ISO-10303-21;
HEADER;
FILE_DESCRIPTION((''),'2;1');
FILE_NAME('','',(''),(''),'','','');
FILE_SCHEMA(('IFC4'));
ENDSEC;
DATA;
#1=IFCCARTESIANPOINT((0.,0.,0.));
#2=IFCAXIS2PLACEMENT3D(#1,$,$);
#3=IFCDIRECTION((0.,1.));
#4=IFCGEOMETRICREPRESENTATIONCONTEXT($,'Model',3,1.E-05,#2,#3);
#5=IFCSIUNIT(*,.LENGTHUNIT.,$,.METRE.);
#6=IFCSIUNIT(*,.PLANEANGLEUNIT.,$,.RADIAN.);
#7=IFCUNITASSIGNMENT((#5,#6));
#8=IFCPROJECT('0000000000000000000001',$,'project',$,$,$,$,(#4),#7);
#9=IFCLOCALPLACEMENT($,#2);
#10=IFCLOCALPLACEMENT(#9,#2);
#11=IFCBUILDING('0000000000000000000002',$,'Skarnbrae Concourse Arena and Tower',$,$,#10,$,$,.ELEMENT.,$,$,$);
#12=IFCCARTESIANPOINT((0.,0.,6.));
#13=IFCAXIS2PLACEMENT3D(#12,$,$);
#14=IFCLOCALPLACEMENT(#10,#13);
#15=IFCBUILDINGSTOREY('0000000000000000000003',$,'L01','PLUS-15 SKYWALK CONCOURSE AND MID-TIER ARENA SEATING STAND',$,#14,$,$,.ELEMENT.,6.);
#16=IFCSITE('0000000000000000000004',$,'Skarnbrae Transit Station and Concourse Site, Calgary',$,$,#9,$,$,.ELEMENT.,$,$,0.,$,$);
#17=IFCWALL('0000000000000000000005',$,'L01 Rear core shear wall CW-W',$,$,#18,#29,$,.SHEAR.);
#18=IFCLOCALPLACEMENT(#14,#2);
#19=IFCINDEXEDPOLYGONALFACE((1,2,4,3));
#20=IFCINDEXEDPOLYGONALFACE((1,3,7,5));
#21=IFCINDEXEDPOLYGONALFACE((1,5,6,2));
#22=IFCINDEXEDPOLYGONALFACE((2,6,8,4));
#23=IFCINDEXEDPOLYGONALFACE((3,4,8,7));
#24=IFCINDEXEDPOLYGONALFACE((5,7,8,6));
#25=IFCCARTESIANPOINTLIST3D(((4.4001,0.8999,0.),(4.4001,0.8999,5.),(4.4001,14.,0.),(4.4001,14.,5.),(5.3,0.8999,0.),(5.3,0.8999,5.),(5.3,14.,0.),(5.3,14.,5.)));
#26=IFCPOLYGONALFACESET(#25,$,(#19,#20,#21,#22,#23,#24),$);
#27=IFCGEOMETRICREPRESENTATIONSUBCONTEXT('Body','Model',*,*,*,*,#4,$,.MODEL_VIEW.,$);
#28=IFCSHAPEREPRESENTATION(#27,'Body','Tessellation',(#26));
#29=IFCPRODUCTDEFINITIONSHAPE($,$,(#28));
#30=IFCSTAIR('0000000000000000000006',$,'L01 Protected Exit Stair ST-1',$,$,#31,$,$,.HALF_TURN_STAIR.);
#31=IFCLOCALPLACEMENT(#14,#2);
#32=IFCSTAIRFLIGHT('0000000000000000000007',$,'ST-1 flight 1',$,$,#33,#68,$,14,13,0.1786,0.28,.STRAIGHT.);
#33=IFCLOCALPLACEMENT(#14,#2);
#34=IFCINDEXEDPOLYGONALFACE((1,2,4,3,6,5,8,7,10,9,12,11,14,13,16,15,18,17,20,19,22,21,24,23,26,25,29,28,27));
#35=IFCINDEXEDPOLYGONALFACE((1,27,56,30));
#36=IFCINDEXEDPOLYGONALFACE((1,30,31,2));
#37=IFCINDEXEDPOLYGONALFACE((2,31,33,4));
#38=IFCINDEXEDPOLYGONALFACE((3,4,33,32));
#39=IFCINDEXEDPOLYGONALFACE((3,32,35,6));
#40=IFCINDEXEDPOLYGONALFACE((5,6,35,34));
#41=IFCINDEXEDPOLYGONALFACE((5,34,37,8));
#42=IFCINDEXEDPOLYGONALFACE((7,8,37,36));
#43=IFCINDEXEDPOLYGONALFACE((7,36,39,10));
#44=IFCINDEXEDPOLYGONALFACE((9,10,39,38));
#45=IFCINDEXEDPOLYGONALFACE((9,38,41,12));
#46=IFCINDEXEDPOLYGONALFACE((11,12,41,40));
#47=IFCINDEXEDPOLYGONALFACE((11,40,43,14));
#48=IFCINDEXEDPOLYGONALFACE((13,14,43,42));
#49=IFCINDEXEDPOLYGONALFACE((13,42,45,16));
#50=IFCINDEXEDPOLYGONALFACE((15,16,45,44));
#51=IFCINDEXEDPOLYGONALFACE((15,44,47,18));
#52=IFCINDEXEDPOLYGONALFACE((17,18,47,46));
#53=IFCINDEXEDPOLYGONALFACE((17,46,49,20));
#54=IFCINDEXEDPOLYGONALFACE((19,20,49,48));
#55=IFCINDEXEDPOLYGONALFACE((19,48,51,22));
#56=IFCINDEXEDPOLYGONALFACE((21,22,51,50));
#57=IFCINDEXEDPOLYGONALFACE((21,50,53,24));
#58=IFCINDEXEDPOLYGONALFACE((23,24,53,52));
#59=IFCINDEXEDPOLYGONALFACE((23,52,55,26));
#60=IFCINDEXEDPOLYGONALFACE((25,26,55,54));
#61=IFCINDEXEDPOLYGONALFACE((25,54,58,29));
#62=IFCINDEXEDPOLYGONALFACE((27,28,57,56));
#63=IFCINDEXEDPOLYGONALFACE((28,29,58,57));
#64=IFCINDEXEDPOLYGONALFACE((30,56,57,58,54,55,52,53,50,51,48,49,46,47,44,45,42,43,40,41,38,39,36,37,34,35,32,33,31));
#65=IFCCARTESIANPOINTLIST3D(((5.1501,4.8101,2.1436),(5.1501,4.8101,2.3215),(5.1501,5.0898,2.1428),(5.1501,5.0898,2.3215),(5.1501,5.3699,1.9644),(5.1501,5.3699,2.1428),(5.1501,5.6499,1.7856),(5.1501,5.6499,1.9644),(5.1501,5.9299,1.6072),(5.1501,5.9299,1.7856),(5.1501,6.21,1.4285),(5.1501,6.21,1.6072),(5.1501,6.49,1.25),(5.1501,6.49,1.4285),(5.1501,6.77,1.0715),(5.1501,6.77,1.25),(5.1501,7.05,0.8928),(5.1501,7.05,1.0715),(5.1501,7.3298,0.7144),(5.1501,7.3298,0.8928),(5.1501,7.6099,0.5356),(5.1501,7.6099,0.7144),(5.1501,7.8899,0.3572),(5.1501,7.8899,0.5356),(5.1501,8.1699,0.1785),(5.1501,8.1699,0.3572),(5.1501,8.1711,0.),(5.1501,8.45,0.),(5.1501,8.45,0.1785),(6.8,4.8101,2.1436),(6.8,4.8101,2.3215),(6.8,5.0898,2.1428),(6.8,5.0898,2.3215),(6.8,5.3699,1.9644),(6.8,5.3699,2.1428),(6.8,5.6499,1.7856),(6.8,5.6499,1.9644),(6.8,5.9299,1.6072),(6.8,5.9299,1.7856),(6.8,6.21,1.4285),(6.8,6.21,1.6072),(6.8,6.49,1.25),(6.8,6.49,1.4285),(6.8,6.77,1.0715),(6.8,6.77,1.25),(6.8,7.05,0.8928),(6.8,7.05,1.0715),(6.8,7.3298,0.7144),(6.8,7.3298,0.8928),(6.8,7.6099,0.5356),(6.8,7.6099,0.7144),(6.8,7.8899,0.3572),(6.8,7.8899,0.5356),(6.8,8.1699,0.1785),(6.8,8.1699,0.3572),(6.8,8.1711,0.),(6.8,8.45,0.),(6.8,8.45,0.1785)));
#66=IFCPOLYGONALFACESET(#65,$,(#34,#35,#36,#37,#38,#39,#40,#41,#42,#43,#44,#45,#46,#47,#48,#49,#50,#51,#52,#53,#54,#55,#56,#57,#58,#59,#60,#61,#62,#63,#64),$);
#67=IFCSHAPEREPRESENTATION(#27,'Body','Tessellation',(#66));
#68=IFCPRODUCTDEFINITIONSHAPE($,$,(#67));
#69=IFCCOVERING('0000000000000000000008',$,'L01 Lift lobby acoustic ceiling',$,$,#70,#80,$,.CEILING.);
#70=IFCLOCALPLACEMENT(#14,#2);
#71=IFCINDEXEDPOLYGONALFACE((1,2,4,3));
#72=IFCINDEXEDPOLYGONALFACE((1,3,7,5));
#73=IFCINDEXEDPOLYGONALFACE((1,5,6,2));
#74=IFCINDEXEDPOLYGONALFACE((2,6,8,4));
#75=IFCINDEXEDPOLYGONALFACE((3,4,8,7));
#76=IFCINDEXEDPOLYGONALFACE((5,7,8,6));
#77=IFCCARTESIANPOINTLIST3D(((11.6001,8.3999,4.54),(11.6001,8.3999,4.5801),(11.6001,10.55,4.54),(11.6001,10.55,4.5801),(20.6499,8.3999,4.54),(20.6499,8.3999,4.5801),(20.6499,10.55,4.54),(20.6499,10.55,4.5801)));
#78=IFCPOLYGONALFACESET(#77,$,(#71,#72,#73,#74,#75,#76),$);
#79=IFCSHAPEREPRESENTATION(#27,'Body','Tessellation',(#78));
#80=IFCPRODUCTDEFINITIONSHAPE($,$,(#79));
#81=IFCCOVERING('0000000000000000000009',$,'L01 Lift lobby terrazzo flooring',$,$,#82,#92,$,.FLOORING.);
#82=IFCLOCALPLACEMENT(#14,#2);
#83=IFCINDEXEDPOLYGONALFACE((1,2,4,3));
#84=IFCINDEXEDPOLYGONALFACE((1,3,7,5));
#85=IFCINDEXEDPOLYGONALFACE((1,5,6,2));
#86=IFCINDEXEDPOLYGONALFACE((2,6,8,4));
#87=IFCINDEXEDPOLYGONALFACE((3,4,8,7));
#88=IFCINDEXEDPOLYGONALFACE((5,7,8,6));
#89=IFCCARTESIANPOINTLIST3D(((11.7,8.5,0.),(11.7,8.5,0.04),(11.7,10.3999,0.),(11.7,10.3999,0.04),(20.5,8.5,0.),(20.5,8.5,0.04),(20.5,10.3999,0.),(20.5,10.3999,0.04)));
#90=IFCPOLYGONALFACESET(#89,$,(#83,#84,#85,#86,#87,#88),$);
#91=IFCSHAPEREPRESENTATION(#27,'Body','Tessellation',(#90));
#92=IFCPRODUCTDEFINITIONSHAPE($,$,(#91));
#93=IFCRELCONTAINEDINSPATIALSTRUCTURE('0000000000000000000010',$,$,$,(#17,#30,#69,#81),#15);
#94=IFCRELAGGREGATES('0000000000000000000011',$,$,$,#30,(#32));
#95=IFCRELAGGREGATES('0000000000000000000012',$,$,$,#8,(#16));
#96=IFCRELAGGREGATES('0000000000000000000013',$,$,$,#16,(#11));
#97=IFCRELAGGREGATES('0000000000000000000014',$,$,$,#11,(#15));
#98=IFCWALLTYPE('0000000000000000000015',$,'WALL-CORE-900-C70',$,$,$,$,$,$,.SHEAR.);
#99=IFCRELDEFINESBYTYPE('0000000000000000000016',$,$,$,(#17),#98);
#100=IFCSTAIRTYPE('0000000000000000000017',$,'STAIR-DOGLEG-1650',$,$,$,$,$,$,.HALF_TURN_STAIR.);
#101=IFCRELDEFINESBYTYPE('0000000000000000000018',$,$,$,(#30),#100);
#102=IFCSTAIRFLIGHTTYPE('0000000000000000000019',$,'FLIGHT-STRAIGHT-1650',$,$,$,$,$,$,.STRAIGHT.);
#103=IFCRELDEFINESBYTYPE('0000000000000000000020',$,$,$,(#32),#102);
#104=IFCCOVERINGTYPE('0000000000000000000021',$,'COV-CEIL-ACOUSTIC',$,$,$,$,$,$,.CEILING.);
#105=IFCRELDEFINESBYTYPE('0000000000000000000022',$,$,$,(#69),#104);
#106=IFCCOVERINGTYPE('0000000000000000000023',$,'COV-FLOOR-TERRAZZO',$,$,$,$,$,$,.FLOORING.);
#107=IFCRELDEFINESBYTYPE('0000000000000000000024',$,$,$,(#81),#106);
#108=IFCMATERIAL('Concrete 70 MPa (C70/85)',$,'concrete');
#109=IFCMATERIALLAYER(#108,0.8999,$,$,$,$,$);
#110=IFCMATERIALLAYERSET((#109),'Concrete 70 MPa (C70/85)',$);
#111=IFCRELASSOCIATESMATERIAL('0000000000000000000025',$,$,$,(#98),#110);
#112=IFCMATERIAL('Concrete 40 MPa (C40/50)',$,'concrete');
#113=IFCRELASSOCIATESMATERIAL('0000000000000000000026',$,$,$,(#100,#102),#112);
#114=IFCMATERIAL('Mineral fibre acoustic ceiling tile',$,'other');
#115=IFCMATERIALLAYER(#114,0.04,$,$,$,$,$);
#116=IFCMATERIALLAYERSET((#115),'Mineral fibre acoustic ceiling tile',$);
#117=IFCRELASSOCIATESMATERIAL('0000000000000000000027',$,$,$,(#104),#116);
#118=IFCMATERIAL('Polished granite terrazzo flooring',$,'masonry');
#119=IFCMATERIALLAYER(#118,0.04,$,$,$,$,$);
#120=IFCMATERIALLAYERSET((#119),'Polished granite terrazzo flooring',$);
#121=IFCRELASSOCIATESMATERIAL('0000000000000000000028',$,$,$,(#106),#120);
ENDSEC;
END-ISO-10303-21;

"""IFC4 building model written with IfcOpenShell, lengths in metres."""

from ifc_helpers import new_model, si_unit, direction, frame, frame_2d, origin, place, context, subcontext, project, spatial, polyline, rectangle, outline, extrude, source, transform, mapped, material, layer, layer_set, type_object, element, aggregate, save


model = new_model("IFC4")

# Units and contexts
model_context = context("Model", 3, precision=1e-05, world=origin(), true_north=direction((0.0, 1.0)))
body_context = subcontext(model_context, "Body", "Model", "MODEL_VIEW")
ifc_project = project(units=[si_unit("LENGTHUNIT", "METRE"), si_unit("PLANEANGLEUNIT", "RADIAN")], contexts=[model_context])

# Site, building, storey
site_placement = place(None, origin())
site = spatial("IfcSite", under=ifc_project, at=site_placement, Name="Skarnbrae Transit Station and Concourse Site, Calgary", CompositionType="ELEMENT", RefElevation=0.0)
building_placement = place(site_placement, origin())
building = spatial("IfcBuilding", under=site, at=building_placement, Name="Skarnbrae Concourse Arena and Tower", CompositionType="ELEMENT")
storey_placement = place(building_placement, frame((0.0, 0.0, 6.0)))
storey = spatial("IfcBuildingStorey", under=building, at=storey_placement, Name="L01", Description="PLUS-15 SKYWALK CONCOURSE AND MID-TIER ARENA SEATING STAND", CompositionType="ELEMENT", Elevation=6.0)

# Shared definitions
ifc_material_1 = material(Name="Concrete 40 MPa (C40/50)", Category="concrete")

# Wall
ifc_material_2 = material(Name="Concrete 70 MPa (C70/85)", Category="concrete")
ifc_layer_1 = layer(ifc_material_2, 0.8999)
ifc_layer_set_1 = layer_set([ifc_layer_1], Name="Concrete 70 MPa (C70/85)")
wall_type_1 = type_object("IfcWallType", Name="WALL-CORE-900-C70", PredefinedType="SHEAR", material=ifc_layer_set_1)
shared_shape_1 = source(origin(), body_context, "Body", "SweptSolid", [
    extrude(rectangle(XDim=13.1001, YDim=0.8999, at=frame_2d((6.55, 0.0))), origin(), (0.0, 0.0, 1.0), 5.0),
])
wall_1_placement = place(storey_placement, frame((4.8501, 0.8999, 0.0), z_axis=(0.0, 0.0, 1.0), x_axis=(0.0, 1.0, 0.0)))
element("IfcWall", 1, at=wall_1_placement, inside=storey, type_object=wall_type_1, Name="L01 Rear core shear wall CW-W", PredefinedType="SHEAR", context=body_context, shape_type="MappedRepresentation", body=[
    mapped(shared_shape_1, transform((0.0, 0.0, 0.0))),
])

# Stair, stair flight
stair_type_1 = type_object("IfcStairType", Name="STAIR-DOGLEG-1650", PredefinedType="HALF_TURN_STAIR", material=ifc_material_1)
stair_1_placement = place(storey_placement, origin())
stair_1 = element("IfcStair", 2, at=stair_1_placement, inside=storey, type_object=stair_type_1, Name="L01 Protected Exit Stair ST-1", PredefinedType="HALF_TURN_STAIR")
stair_flight_type = type_object("IfcStairFlightType", Name="FLIGHT-STRAIGHT-1650", PredefinedType="STRAIGHT", material=ifc_material_1)
shared_shape_2 = source(origin(), body_context, "Body", "SweptSolid", [
    extrude(outline(polyline([(0.0, 0.0), (0.0, 0.1785), (0.28, 0.1785), (0.28, 0.3572), (0.5601, 0.3572), (0.5601, 0.5356), (0.8401, 0.5356), (0.8401, 0.7144), (1.1201, 0.7144), (1.1201, 0.8928), (1.3999, 0.8928), (1.3999, 1.0715), (1.6799, 1.0715), (1.6799, 1.25), (1.96, 1.25), (1.96, 1.4285), (2.24, 1.4285), (2.24, 1.6072), (2.52, 1.6072), (2.52, 1.7856), (2.8, 1.7856), (2.8, 1.9644), (3.0801, 1.9644), (3.0801, 2.1428), (3.3601, 2.1428), (3.3601, 2.3215), (3.6399, 2.3215), (3.6399, 2.5), (3.6399, 2.1436), (0.2788, 0.0), (0.0, 0.0)])), frame((0.0, 0.825, 0.0), z_axis=(0.0, -1.0, 0.0), x_axis=(1.0, 0.0, 0.0)), (0.0, 0.0, 1.0), 1.6499),
])
stair_flight_placement = place(storey_placement, frame((5.9751, 8.45, 0.0), z_axis=(0.0, 0.0, 1.0), x_axis=(0.0, -1.0, 0.0)))
stair_flight = element("IfcStairFlight", 3, at=stair_flight_placement, type_object=stair_flight_type, Name="ST-1 flight 1", NumberOfRisers=14, NumberOfTreads=13, PredefinedType="STRAIGHT", RiserHeight=0.1786, TreadLength=0.28, context=body_context, shape_type="MappedRepresentation", body=[
    mapped(shared_shape_2, transform((0.0, 0.0, 0.0))),
])
aggregate(stair_1, [stair_flight])

# Coverings
ifc_material_3 = material(Name="Mineral fibre acoustic ceiling tile", Category="other")
ifc_layer_2 = layer(ifc_material_3, 0.04)
ifc_layer_set_2 = layer_set([ifc_layer_2], Name="Mineral fibre acoustic ceiling tile")
covering_type_1 = type_object("IfcCoveringType", Name="COV-CEIL-ACOUSTIC", PredefinedType="CEILING", material=ifc_layer_set_2)
covering_1_placement = place(storey_placement, frame((0.0, 0.0, 4.54)))
element("IfcCovering", 4, at=covering_1_placement, inside=storey, type_object=covering_type_1, Name="L01 Lift lobby acoustic ceiling", PredefinedType="CEILING", context=body_context, shape_type="SweptSolid", body=[
    extrude(outline(polyline([(11.6001, 8.3999), (20.6499, 8.3999), (20.6499, 10.55), (11.6001, 10.55), (11.6001, 8.3999)])), origin(), (0.0, 0.0, 1.0), 0.04),
])
ifc_material_4 = material(Name="Polished granite terrazzo flooring", Category="masonry")
ifc_layer_3 = layer(ifc_material_4, 0.04)
ifc_layer_set_3 = layer_set([ifc_layer_3], Name="Polished granite terrazzo flooring")
covering_type_2 = type_object("IfcCoveringType", Name="COV-FLOOR-TERRAZZO", PredefinedType="FLOORING", material=ifc_layer_set_3)
covering_2_placement = place(storey_placement, origin())
element("IfcCovering", 5, at=covering_2_placement, inside=storey, type_object=covering_type_2, Name="L01 Lift lobby terrazzo flooring", PredefinedType="FLOORING", context=body_context, shape_type="SweptSolid", body=[
    extrude(outline(polyline([(11.7, 8.5), (20.5, 8.5), (20.5, 10.3999), (11.7, 10.3999), (11.7, 8.5)])), origin(), (0.0, 0.0, 1.0), 0.04),
])

save(model, "model.ifc")
